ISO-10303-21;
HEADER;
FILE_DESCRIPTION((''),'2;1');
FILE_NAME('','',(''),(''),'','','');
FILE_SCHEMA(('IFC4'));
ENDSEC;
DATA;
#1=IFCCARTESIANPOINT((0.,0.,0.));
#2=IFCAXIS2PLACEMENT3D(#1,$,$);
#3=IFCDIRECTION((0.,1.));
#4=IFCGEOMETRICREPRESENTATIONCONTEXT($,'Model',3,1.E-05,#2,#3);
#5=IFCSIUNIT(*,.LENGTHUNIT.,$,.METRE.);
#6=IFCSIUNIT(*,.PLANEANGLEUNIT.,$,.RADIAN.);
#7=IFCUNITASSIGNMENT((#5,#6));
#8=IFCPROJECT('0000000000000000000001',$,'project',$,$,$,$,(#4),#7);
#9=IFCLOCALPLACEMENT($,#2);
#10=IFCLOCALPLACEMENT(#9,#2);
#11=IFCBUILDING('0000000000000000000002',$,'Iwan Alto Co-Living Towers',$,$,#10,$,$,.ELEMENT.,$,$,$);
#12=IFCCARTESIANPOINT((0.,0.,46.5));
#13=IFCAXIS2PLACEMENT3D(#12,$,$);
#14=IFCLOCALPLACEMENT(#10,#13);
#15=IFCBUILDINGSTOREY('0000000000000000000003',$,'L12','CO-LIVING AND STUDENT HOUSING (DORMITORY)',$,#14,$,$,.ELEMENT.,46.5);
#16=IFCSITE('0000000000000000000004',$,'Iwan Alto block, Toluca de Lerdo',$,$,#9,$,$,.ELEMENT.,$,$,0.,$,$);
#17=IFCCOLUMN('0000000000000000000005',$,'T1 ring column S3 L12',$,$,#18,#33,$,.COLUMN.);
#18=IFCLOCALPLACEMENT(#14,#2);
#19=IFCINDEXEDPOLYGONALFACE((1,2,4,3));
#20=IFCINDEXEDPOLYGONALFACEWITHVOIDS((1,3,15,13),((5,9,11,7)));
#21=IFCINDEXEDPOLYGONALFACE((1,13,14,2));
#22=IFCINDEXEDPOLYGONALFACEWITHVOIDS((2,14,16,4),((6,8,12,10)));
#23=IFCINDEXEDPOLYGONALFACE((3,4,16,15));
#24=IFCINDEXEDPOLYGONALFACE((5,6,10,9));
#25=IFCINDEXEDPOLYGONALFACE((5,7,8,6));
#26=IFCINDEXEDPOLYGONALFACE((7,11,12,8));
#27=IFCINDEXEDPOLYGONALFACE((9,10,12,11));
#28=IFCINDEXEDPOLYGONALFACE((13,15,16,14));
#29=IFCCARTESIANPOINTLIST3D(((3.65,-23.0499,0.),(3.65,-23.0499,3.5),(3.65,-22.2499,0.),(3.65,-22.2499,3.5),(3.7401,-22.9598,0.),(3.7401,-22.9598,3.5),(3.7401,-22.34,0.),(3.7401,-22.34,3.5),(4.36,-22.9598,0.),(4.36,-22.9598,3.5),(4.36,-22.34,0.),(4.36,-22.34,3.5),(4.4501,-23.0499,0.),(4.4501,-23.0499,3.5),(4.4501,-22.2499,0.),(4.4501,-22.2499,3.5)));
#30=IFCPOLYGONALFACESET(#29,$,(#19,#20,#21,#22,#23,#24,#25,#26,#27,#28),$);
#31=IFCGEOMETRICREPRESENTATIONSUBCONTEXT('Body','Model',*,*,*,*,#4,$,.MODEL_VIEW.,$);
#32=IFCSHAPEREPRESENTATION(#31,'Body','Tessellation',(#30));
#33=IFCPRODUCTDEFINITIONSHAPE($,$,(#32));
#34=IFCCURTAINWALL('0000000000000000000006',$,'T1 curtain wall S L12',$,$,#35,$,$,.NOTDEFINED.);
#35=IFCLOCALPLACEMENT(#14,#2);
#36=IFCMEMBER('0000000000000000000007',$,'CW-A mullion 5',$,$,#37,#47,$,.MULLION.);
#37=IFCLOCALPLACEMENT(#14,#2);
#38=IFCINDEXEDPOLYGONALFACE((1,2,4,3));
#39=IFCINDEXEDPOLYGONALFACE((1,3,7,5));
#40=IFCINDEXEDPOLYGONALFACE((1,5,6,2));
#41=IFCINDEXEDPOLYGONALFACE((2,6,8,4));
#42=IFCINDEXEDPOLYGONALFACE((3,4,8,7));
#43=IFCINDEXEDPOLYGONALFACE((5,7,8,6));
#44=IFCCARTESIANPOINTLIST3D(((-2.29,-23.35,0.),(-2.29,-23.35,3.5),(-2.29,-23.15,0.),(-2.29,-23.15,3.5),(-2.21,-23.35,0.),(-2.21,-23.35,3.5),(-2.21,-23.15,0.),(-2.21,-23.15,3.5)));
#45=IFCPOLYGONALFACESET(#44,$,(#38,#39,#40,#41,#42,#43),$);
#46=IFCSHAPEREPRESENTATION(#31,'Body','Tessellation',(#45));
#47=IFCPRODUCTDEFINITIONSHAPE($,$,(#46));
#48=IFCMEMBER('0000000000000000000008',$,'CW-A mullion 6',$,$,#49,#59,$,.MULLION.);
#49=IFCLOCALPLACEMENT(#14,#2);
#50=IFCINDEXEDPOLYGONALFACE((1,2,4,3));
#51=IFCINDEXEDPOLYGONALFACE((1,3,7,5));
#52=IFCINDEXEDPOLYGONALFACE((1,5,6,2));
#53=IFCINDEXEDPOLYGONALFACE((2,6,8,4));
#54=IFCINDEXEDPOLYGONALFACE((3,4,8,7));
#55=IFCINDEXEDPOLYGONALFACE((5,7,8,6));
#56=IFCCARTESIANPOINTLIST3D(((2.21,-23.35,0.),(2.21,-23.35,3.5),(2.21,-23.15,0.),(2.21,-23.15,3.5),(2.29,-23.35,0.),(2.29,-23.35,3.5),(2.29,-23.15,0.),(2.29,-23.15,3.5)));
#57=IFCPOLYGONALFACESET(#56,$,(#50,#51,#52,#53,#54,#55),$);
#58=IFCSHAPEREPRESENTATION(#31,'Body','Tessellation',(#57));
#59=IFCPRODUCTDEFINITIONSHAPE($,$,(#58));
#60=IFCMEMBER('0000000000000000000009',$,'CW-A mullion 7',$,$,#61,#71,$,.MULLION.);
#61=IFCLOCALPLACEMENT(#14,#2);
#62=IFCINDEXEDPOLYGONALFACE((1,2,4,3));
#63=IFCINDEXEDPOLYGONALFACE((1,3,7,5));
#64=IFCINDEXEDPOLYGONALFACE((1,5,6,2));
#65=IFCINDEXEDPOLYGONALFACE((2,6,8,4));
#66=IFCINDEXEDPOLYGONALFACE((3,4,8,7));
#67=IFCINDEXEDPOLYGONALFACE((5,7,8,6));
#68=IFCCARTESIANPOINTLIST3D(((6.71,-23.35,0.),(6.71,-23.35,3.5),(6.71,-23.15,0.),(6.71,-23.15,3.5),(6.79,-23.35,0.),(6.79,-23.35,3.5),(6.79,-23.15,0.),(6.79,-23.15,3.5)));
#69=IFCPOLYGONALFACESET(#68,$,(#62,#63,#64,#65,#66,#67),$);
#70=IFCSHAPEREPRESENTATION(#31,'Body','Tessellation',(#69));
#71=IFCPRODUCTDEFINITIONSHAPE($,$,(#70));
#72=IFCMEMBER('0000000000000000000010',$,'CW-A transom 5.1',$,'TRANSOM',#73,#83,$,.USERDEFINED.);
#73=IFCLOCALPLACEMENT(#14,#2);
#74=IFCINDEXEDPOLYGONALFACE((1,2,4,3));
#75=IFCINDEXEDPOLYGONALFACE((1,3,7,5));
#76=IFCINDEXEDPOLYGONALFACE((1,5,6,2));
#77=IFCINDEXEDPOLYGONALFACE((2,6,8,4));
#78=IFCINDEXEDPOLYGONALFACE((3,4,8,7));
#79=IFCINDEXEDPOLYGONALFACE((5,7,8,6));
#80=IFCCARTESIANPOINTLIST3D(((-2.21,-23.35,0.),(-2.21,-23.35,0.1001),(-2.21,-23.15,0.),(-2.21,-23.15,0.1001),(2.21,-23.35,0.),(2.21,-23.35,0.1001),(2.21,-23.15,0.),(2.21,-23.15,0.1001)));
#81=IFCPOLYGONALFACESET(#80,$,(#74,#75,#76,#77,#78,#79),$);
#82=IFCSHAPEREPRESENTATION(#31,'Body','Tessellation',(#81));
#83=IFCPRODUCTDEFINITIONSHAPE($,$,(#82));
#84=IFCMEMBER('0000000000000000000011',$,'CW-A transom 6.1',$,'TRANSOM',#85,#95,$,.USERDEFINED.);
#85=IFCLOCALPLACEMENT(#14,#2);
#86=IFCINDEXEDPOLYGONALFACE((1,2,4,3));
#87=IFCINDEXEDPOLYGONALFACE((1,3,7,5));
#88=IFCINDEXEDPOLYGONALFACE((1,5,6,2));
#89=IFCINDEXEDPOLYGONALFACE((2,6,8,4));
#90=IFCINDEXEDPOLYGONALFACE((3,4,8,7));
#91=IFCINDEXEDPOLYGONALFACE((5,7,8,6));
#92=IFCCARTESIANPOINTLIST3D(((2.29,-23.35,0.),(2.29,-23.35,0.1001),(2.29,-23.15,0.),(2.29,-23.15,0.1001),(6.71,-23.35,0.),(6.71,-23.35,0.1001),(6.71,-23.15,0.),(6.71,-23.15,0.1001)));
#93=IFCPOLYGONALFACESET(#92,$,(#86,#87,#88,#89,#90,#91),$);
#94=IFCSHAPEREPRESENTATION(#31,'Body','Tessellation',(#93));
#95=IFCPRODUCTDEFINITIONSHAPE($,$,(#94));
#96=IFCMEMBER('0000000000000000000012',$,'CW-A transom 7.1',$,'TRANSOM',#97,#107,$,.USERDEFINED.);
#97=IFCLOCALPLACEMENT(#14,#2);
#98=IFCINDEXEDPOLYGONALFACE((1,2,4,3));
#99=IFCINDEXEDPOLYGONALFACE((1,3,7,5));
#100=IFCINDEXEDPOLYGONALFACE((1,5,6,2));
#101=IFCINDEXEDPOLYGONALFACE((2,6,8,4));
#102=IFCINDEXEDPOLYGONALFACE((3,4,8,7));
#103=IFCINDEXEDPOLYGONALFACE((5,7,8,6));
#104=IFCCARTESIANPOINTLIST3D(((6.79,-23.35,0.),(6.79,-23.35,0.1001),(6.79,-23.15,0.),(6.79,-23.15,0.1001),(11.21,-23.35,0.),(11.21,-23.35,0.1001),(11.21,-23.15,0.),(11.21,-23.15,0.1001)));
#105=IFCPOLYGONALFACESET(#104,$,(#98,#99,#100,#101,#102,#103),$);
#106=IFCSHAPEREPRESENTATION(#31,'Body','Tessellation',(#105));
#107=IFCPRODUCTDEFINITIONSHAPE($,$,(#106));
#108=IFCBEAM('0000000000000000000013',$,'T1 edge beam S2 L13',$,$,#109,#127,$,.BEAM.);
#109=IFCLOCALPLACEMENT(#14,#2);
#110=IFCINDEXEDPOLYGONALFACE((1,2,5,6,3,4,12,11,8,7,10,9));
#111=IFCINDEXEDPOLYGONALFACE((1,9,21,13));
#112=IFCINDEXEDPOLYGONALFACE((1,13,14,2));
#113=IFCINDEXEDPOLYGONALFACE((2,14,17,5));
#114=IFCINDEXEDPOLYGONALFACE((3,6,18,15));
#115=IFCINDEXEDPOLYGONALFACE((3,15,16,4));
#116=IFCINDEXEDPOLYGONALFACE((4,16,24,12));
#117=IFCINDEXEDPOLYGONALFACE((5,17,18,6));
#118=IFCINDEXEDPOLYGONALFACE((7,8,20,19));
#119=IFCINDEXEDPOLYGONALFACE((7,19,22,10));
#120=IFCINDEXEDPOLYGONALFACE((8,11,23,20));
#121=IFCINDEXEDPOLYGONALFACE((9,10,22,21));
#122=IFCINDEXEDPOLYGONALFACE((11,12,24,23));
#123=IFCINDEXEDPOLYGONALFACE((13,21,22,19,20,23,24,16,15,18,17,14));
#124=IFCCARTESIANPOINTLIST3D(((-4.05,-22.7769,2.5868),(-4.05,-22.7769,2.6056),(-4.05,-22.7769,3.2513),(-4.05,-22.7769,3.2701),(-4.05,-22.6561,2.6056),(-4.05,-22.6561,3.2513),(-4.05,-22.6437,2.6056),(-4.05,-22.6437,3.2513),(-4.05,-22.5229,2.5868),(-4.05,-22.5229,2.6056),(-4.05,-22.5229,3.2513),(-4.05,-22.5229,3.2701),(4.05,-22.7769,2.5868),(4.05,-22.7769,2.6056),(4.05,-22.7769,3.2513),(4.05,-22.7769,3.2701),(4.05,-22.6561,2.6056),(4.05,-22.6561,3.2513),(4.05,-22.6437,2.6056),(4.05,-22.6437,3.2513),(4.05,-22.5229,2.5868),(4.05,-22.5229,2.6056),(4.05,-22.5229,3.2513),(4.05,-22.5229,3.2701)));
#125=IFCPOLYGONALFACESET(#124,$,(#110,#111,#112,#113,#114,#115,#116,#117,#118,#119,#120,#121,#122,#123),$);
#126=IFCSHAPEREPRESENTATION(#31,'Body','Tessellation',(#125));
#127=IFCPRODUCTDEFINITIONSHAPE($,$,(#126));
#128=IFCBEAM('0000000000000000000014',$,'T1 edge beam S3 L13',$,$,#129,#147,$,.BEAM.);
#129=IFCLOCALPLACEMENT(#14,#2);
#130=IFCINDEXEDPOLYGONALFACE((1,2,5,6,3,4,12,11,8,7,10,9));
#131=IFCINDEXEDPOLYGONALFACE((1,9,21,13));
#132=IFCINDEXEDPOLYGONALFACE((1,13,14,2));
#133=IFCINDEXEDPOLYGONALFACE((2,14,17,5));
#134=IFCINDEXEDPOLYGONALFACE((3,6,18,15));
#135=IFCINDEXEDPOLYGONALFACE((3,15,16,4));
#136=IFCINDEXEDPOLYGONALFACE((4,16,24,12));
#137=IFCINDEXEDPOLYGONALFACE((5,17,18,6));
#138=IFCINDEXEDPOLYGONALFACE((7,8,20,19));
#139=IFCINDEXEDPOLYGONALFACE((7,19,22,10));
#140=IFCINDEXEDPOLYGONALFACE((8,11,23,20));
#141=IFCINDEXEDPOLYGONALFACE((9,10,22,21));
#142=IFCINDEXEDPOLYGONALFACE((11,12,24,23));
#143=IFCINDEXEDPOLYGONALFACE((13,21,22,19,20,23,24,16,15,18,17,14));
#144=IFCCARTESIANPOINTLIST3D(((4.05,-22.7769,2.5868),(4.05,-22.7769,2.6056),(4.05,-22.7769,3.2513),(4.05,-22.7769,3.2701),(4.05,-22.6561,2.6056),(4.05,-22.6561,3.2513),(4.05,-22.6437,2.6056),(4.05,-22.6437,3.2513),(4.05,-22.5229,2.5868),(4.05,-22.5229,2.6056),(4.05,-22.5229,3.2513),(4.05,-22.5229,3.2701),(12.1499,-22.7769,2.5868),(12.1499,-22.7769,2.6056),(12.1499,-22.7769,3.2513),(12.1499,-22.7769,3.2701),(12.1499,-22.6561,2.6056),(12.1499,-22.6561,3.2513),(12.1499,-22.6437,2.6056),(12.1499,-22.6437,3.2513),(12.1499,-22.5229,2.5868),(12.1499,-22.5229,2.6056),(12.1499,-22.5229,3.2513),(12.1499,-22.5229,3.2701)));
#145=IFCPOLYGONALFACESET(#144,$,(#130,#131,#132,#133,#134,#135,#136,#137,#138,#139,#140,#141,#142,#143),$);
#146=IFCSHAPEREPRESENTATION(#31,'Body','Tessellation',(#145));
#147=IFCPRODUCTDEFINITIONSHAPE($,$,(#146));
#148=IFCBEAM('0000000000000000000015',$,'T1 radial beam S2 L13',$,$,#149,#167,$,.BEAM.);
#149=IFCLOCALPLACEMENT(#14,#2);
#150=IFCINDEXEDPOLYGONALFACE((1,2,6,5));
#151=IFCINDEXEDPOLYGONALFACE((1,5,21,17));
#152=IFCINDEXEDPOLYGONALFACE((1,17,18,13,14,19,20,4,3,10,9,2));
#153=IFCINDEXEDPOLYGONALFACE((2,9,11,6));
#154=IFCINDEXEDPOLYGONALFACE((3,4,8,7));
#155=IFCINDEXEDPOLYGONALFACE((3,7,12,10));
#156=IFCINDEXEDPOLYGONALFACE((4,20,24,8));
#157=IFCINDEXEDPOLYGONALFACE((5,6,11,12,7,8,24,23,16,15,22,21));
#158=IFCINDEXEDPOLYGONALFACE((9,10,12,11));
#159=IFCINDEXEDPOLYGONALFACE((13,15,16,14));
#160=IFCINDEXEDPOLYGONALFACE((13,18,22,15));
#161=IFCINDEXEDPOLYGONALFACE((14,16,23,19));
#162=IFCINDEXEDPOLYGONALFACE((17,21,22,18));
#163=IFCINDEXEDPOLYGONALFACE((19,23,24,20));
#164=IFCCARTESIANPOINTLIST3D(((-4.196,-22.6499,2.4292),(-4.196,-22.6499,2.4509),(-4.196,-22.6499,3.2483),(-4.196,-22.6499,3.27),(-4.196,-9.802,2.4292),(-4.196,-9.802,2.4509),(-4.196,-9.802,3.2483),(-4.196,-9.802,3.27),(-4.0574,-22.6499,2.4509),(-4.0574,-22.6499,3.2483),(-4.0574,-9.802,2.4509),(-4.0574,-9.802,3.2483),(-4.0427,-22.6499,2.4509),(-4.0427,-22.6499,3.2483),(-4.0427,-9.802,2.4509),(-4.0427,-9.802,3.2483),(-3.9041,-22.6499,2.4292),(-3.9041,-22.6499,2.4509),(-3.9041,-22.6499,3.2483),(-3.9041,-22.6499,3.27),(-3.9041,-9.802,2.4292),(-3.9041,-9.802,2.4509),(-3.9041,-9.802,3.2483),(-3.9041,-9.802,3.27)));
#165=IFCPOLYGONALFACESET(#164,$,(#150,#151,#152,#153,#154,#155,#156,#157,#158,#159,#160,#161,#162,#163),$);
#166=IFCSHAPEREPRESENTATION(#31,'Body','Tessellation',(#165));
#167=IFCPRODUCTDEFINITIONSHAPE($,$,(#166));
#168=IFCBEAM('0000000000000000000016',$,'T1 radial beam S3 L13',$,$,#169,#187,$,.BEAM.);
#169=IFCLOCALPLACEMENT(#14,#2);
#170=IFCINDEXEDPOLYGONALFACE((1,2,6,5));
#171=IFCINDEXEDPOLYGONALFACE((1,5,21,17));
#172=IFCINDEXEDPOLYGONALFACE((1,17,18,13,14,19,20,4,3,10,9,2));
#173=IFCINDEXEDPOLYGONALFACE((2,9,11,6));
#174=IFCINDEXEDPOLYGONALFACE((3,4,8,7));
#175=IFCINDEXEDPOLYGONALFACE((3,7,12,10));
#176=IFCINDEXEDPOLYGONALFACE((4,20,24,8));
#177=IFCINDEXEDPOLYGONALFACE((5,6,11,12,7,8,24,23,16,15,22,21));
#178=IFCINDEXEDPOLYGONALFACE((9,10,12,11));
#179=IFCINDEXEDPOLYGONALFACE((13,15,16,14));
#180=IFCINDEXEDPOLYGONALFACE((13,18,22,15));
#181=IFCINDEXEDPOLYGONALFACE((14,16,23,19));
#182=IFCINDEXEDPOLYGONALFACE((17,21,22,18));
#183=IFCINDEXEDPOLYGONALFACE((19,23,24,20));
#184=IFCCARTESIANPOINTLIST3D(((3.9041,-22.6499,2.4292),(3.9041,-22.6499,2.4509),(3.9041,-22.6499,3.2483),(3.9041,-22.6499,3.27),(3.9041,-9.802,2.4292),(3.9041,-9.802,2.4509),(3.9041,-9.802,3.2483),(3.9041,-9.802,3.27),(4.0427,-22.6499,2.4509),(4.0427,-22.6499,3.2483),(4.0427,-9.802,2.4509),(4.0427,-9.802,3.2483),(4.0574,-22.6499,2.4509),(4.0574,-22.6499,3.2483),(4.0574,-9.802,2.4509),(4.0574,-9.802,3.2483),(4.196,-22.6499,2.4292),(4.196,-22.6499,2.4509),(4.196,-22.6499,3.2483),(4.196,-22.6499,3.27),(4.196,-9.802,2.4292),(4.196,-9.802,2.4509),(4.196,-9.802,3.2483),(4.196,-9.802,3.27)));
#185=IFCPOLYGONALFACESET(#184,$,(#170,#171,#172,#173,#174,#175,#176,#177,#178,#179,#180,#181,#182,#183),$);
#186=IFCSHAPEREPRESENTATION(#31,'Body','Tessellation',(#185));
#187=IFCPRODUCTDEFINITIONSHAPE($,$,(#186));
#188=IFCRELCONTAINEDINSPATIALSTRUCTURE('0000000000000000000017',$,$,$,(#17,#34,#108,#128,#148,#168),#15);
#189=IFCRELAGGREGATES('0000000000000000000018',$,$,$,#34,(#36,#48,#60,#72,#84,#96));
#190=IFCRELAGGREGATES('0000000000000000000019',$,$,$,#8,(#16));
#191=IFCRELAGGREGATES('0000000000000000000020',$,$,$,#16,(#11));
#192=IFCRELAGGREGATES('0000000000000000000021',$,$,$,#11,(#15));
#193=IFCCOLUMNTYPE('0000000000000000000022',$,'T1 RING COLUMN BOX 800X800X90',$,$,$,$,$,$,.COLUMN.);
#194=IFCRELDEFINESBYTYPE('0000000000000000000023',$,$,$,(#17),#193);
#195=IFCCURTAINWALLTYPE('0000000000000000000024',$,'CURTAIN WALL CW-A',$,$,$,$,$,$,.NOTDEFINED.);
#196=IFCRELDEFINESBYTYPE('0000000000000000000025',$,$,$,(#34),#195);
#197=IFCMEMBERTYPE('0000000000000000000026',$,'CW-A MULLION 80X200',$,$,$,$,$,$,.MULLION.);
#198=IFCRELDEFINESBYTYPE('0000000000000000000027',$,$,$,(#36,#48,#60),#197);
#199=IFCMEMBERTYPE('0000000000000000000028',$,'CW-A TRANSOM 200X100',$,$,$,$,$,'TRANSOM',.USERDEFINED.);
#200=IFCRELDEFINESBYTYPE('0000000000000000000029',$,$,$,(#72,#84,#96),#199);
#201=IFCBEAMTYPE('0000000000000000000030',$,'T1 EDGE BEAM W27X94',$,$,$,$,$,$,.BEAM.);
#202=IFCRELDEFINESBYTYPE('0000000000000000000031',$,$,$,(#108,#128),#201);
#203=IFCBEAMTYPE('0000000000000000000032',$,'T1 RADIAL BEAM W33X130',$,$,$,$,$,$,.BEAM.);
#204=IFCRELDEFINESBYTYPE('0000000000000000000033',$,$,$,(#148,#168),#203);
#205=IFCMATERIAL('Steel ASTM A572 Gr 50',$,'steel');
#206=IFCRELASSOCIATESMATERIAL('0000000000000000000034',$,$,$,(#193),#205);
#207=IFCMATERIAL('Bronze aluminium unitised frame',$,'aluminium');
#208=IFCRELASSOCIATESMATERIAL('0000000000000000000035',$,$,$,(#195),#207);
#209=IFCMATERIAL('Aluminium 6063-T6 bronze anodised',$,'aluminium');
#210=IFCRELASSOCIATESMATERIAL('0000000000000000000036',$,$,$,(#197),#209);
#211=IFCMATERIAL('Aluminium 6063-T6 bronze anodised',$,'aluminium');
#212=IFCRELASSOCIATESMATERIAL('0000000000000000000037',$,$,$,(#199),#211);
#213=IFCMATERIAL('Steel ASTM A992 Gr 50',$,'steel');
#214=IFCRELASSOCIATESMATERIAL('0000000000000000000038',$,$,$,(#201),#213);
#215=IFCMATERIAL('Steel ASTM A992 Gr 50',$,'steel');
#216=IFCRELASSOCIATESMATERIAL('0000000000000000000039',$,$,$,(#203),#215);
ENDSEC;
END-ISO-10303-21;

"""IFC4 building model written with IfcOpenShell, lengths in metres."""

from ifc_helpers import new_model, si_unit, direction, frame, origin, origin_2d, place, context, subcontext, project, spatial, rectangle, hollow_rectangle, i_section, extrude, material, material_profile, profile_set, type_object, element, aggregate, save


model = new_model("IFC4")

# Units and contexts
model_context = context("Model", 3, precision=1e-05, world=origin(), true_north=direction((0.0, 1.0)))
body_context = subcontext(model_context, "Body", "Model", "MODEL_VIEW")
ifc_project = project(units=[si_unit("LENGTHUNIT", "METRE"), si_unit("PLANEANGLEUNIT", "RADIAN")], contexts=[model_context])

# Site, building, storey
site_placement = place(None, origin())
site = spatial("IfcSite", under=ifc_project, at=site_placement, Name="Iwan Alto block, Toluca de Lerdo", CompositionType="ELEMENT", RefElevation=0.0)
building_placement = place(site_placement, origin())
building = spatial("IfcBuilding", under=site, at=building_placement, Name="Iwan Alto Co-Living Towers", CompositionType="ELEMENT")
storey_placement = place(building_placement, frame((0.0, 0.0, 46.5)))
storey = spatial("IfcBuildingStorey", under=building, at=storey_placement, Name="L12", Description="CO-LIVING AND STUDENT HOUSING (DORMITORY)", CompositionType="ELEMENT", Elevation=46.5)

# Column
ifc_material_1 = material(Name="Steel ASTM A572 Gr 50", Category="steel")
ifc_material_profile_1 = material_profile(ifc_material_1, hollow_rectangle(XDim=0.8, YDim=0.8, WallThickness=0.0901, at=origin_2d()), Name="BOX 800X800X90")
ifc_profile_set_1 = profile_set([ifc_material_profile_1], Name="Steel ASTM A572 Gr 50")
column_type = type_object("IfcColumnType", Name="T1 RING COLUMN BOX 800X800X90", PredefinedType="COLUMN", material=ifc_profile_set_1)
column_placement = place(storey_placement, frame((4.05, -22.6499, 0.0), z_axis=(0.0, 0.0, 1.0), x_axis=(1.0, 0.0, 0.0)))
element("IfcColumn", 1, at=column_placement, inside=storey, type_object=column_type, Name="T1 ring column S3 L12", PredefinedType="COLUMN", context=body_context, shape_type="SweptSolid", body=[
    extrude(hollow_rectangle(XDim=0.8, YDim=0.8, WallThickness=0.0901, at=origin_2d()), origin(), (0.0, 0.0, 1.0), 3.5),
])

# Curtain wall, members
ifc_material_2 = material(Name="Bronze aluminium unitised frame", Category="aluminium")
curtain_wall_type = type_object("IfcCurtainWallType", Name="CURTAIN WALL CW-A", PredefinedType="NOTDEFINED", material=ifc_material_2)
curtain_wall_placement = place(storey_placement, origin())
curtain_wall = element("IfcCurtainWall", 2, at=curtain_wall_placement, inside=storey, type_object=curtain_wall_type, Name="T1 curtain wall S L12", PredefinedType="NOTDEFINED")
ifc_material_3 = material(Name="Aluminium 6063-T6 bronze anodised", Category="aluminium")
ifc_material_profile_2 = material_profile(ifc_material_3, rectangle(XDim=0.2, YDim=0.0801, at=origin_2d()), Name="AL 80X200")
ifc_profile_set_2 = profile_set([ifc_material_profile_2], Name="Aluminium 6063-T6 bronze anodised")
member_type_1 = type_object("IfcMemberType", Name="CW-A MULLION 80X200", PredefinedType="MULLION", material=ifc_profile_set_2)
member_1_placement = place(storey_placement, frame((-2.25, -23.25, 0.0), z_axis=(0.0, 0.0, 1.0), x_axis=(0.0, 1.0, 0.0)))
member_1 = element("IfcMember", 3, at=member_1_placement, type_object=member_type_1, Name="CW-A mullion 5", PredefinedType="MULLION", context=body_context, shape_type="SweptSolid", body=[
    extrude(rectangle(XDim=0.2, YDim=0.0801, at=origin_2d()), origin(), (0.0, 0.0, 1.0), 3.5),
])
member_2_placement = place(storey_placement, frame((2.25, -23.25, 0.0), z_axis=(0.0, 0.0, 1.0), x_axis=(0.0, 1.0, 0.0)))
member_2 = element("IfcMember", 4, at=member_2_placement, type_object=member_type_1, Name="CW-A mullion 6", PredefinedType="MULLION", context=body_context, shape_type="SweptSolid", body=[
    extrude(rectangle(XDim=0.2, YDim=0.0801, at=origin_2d()), origin(), (0.0, 0.0, 1.0), 3.5),
])
member_3_placement = place(storey_placement, frame((6.75, -23.25, 0.0), z_axis=(0.0, 0.0, 1.0), x_axis=(0.0, 1.0, 0.0)))
member_3 = element("IfcMember", 5, at=member_3_placement, type_object=member_type_1, Name="CW-A mullion 7", PredefinedType="MULLION", context=body_context, shape_type="SweptSolid", body=[
    extrude(rectangle(XDim=0.2, YDim=0.0801, at=origin_2d()), origin(), (0.0, 0.0, 1.0), 3.5),
])
ifc_material_4 = material(Name="Aluminium 6063-T6 bronze anodised", Category="aluminium")
ifc_material_profile_3 = material_profile(ifc_material_4, rectangle(XDim=0.2, YDim=0.1001, at=origin_2d()), Name="AL 200X100")
ifc_profile_set_3 = profile_set([ifc_material_profile_3], Name="Aluminium 6063-T6 bronze anodised")
member_type_2 = type_object("IfcMemberType", Name="CW-A TRANSOM 200X100", ElementType="TRANSOM", PredefinedType="USERDEFINED", material=ifc_profile_set_3)
member_4_placement = place(storey_placement, frame((-2.21, -23.25, 0.05), z_axis=(1.0, 0.0, 0.0), x_axis=(0.0, 1.0, 0.0)))
member_4 = element("IfcMember", 6, at=member_4_placement, type_object=member_type_2, Name="CW-A transom 5.1", ObjectType="TRANSOM", PredefinedType="USERDEFINED", context=body_context, shape_type="SweptSolid", body=[
    extrude(rectangle(XDim=0.2, YDim=0.1001, at=origin_2d()), origin(), (0.0, 0.0, 1.0), 4.4199),
])
member_5_placement = place(storey_placement, frame((2.29, -23.25, 0.05), z_axis=(1.0, 0.0, 0.0), x_axis=(0.0, 1.0, 0.0)))
member_5 = element("IfcMember", 7, at=member_5_placement, type_object=member_type_2, Name="CW-A transom 6.1", ObjectType="TRANSOM", PredefinedType="USERDEFINED", context=body_context, shape_type="SweptSolid", body=[
    extrude(rectangle(XDim=0.2, YDim=0.1001, at=origin_2d()), origin(), (0.0, 0.0, 1.0), 4.4199),
])
member_6_placement = place(storey_placement, frame((6.79, -23.25, 0.05), z_axis=(1.0, 0.0, 0.0), x_axis=(0.0, 1.0, 0.0)))
member_6 = element("IfcMember", 8, at=member_6_placement, type_object=member_type_2, Name="CW-A transom 7.1", ObjectType="TRANSOM", PredefinedType="USERDEFINED", context=body_context, shape_type="SweptSolid", body=[
    extrude(rectangle(XDim=0.2, YDim=0.1001, at=origin_2d()), origin(), (0.0, 0.0, 1.0), 4.4199),
])

# Beams
ifc_material_5 = material(Name="Steel ASTM A992 Gr 50", Category="steel")
ifc_material_profile_4 = material_profile(ifc_material_5, i_section(OverallWidth=0.2539, OverallDepth=0.6833, WebThickness=0.0125, FlangeThickness=0.0188, at=origin_2d()), Name="W27X94")
ifc_profile_set_4 = profile_set([ifc_material_profile_4], Name="Steel ASTM A992 Gr 50")
beam_type_1 = type_object("IfcBeamType", Name="T1 EDGE BEAM W27X94", PredefinedType="BEAM", material=ifc_profile_set_4)
beam_1_placement = place(storey_placement, frame((-4.05, -22.6499, 2.9285), z_axis=(1.0, 0.0, 0.0), x_axis=(0.0, 1.0, 0.0)))
element("IfcBeam", 9, at=beam_1_placement, inside=storey, type_object=beam_type_1, Name="T1 edge beam S2 L13", PredefinedType="BEAM", context=body_context, shape_type="SweptSolid", body=[
    extrude(i_section(OverallWidth=0.2539, OverallDepth=0.6833, WebThickness=0.0125, FlangeThickness=0.0188, at=origin_2d()), origin(), (0.0, 0.0, 1.0), 8.1001),
])
beam_2_placement = place(storey_placement, frame((4.05, -22.6499, 2.9285), z_axis=(1.0, 0.0, 0.0), x_axis=(0.0, 1.0, 0.0)))
element("IfcBeam", 10, at=beam_2_placement, inside=storey, type_object=beam_type_1, Name="T1 edge beam S3 L13", PredefinedType="BEAM", context=body_context, shape_type="SweptSolid", body=[
    extrude(i_section(OverallWidth=0.2539, OverallDepth=0.6833, WebThickness=0.0125, FlangeThickness=0.0188, at=origin_2d()), origin(), (0.0, 0.0, 1.0), 8.0999),
])
ifc_material_6 = material(Name="Steel ASTM A992 Gr 50", Category="steel")
ifc_material_profile_5 = material_profile(ifc_material_6, i_section(OverallWidth=0.292, OverallDepth=0.8408, WebThickness=0.0146, FlangeThickness=0.0217, at=origin_2d()), Name="W33X130")
ifc_profile_set_5 = profile_set([ifc_material_profile_5], Name="Steel ASTM A992 Gr 50")
beam_type_2 = type_object("IfcBeamType", Name="T1 RADIAL BEAM W33X130", PredefinedType="BEAM", material=ifc_profile_set_5)
for number, where, z_axis, x_axis, name in (
    (11, (-4.05, -22.6499, 2.8496), (0.0, 1.0, 0.0), (-1.0, 0.0, 0.0), "T1 radial beam S2 L13"),
    (12, (4.05, -22.6499, 2.8496), (0.0, 1.0, 0.0), (-1.0, 0.0, 0.0), "T1 radial beam S3 L13"),
):
    element("IfcBeam", number, at=place(storey_placement, frame(where, z_axis=z_axis, x_axis=x_axis)), inside=storey, type_object=beam_type_2, Name=name, PredefinedType="BEAM", context=body_context, shape_type="SweptSolid", body=[
        extrude(i_section(OverallWidth=0.292, OverallDepth=0.8408, WebThickness=0.0146, FlangeThickness=0.0217, at=origin_2d()), origin(), (0.0, 0.0, 1.0), 12.8479),
    ])

aggregate(curtain_wall, [member_1, member_2, member_3, member_4, member_5, member_6])

save(model, "model.ifc")
